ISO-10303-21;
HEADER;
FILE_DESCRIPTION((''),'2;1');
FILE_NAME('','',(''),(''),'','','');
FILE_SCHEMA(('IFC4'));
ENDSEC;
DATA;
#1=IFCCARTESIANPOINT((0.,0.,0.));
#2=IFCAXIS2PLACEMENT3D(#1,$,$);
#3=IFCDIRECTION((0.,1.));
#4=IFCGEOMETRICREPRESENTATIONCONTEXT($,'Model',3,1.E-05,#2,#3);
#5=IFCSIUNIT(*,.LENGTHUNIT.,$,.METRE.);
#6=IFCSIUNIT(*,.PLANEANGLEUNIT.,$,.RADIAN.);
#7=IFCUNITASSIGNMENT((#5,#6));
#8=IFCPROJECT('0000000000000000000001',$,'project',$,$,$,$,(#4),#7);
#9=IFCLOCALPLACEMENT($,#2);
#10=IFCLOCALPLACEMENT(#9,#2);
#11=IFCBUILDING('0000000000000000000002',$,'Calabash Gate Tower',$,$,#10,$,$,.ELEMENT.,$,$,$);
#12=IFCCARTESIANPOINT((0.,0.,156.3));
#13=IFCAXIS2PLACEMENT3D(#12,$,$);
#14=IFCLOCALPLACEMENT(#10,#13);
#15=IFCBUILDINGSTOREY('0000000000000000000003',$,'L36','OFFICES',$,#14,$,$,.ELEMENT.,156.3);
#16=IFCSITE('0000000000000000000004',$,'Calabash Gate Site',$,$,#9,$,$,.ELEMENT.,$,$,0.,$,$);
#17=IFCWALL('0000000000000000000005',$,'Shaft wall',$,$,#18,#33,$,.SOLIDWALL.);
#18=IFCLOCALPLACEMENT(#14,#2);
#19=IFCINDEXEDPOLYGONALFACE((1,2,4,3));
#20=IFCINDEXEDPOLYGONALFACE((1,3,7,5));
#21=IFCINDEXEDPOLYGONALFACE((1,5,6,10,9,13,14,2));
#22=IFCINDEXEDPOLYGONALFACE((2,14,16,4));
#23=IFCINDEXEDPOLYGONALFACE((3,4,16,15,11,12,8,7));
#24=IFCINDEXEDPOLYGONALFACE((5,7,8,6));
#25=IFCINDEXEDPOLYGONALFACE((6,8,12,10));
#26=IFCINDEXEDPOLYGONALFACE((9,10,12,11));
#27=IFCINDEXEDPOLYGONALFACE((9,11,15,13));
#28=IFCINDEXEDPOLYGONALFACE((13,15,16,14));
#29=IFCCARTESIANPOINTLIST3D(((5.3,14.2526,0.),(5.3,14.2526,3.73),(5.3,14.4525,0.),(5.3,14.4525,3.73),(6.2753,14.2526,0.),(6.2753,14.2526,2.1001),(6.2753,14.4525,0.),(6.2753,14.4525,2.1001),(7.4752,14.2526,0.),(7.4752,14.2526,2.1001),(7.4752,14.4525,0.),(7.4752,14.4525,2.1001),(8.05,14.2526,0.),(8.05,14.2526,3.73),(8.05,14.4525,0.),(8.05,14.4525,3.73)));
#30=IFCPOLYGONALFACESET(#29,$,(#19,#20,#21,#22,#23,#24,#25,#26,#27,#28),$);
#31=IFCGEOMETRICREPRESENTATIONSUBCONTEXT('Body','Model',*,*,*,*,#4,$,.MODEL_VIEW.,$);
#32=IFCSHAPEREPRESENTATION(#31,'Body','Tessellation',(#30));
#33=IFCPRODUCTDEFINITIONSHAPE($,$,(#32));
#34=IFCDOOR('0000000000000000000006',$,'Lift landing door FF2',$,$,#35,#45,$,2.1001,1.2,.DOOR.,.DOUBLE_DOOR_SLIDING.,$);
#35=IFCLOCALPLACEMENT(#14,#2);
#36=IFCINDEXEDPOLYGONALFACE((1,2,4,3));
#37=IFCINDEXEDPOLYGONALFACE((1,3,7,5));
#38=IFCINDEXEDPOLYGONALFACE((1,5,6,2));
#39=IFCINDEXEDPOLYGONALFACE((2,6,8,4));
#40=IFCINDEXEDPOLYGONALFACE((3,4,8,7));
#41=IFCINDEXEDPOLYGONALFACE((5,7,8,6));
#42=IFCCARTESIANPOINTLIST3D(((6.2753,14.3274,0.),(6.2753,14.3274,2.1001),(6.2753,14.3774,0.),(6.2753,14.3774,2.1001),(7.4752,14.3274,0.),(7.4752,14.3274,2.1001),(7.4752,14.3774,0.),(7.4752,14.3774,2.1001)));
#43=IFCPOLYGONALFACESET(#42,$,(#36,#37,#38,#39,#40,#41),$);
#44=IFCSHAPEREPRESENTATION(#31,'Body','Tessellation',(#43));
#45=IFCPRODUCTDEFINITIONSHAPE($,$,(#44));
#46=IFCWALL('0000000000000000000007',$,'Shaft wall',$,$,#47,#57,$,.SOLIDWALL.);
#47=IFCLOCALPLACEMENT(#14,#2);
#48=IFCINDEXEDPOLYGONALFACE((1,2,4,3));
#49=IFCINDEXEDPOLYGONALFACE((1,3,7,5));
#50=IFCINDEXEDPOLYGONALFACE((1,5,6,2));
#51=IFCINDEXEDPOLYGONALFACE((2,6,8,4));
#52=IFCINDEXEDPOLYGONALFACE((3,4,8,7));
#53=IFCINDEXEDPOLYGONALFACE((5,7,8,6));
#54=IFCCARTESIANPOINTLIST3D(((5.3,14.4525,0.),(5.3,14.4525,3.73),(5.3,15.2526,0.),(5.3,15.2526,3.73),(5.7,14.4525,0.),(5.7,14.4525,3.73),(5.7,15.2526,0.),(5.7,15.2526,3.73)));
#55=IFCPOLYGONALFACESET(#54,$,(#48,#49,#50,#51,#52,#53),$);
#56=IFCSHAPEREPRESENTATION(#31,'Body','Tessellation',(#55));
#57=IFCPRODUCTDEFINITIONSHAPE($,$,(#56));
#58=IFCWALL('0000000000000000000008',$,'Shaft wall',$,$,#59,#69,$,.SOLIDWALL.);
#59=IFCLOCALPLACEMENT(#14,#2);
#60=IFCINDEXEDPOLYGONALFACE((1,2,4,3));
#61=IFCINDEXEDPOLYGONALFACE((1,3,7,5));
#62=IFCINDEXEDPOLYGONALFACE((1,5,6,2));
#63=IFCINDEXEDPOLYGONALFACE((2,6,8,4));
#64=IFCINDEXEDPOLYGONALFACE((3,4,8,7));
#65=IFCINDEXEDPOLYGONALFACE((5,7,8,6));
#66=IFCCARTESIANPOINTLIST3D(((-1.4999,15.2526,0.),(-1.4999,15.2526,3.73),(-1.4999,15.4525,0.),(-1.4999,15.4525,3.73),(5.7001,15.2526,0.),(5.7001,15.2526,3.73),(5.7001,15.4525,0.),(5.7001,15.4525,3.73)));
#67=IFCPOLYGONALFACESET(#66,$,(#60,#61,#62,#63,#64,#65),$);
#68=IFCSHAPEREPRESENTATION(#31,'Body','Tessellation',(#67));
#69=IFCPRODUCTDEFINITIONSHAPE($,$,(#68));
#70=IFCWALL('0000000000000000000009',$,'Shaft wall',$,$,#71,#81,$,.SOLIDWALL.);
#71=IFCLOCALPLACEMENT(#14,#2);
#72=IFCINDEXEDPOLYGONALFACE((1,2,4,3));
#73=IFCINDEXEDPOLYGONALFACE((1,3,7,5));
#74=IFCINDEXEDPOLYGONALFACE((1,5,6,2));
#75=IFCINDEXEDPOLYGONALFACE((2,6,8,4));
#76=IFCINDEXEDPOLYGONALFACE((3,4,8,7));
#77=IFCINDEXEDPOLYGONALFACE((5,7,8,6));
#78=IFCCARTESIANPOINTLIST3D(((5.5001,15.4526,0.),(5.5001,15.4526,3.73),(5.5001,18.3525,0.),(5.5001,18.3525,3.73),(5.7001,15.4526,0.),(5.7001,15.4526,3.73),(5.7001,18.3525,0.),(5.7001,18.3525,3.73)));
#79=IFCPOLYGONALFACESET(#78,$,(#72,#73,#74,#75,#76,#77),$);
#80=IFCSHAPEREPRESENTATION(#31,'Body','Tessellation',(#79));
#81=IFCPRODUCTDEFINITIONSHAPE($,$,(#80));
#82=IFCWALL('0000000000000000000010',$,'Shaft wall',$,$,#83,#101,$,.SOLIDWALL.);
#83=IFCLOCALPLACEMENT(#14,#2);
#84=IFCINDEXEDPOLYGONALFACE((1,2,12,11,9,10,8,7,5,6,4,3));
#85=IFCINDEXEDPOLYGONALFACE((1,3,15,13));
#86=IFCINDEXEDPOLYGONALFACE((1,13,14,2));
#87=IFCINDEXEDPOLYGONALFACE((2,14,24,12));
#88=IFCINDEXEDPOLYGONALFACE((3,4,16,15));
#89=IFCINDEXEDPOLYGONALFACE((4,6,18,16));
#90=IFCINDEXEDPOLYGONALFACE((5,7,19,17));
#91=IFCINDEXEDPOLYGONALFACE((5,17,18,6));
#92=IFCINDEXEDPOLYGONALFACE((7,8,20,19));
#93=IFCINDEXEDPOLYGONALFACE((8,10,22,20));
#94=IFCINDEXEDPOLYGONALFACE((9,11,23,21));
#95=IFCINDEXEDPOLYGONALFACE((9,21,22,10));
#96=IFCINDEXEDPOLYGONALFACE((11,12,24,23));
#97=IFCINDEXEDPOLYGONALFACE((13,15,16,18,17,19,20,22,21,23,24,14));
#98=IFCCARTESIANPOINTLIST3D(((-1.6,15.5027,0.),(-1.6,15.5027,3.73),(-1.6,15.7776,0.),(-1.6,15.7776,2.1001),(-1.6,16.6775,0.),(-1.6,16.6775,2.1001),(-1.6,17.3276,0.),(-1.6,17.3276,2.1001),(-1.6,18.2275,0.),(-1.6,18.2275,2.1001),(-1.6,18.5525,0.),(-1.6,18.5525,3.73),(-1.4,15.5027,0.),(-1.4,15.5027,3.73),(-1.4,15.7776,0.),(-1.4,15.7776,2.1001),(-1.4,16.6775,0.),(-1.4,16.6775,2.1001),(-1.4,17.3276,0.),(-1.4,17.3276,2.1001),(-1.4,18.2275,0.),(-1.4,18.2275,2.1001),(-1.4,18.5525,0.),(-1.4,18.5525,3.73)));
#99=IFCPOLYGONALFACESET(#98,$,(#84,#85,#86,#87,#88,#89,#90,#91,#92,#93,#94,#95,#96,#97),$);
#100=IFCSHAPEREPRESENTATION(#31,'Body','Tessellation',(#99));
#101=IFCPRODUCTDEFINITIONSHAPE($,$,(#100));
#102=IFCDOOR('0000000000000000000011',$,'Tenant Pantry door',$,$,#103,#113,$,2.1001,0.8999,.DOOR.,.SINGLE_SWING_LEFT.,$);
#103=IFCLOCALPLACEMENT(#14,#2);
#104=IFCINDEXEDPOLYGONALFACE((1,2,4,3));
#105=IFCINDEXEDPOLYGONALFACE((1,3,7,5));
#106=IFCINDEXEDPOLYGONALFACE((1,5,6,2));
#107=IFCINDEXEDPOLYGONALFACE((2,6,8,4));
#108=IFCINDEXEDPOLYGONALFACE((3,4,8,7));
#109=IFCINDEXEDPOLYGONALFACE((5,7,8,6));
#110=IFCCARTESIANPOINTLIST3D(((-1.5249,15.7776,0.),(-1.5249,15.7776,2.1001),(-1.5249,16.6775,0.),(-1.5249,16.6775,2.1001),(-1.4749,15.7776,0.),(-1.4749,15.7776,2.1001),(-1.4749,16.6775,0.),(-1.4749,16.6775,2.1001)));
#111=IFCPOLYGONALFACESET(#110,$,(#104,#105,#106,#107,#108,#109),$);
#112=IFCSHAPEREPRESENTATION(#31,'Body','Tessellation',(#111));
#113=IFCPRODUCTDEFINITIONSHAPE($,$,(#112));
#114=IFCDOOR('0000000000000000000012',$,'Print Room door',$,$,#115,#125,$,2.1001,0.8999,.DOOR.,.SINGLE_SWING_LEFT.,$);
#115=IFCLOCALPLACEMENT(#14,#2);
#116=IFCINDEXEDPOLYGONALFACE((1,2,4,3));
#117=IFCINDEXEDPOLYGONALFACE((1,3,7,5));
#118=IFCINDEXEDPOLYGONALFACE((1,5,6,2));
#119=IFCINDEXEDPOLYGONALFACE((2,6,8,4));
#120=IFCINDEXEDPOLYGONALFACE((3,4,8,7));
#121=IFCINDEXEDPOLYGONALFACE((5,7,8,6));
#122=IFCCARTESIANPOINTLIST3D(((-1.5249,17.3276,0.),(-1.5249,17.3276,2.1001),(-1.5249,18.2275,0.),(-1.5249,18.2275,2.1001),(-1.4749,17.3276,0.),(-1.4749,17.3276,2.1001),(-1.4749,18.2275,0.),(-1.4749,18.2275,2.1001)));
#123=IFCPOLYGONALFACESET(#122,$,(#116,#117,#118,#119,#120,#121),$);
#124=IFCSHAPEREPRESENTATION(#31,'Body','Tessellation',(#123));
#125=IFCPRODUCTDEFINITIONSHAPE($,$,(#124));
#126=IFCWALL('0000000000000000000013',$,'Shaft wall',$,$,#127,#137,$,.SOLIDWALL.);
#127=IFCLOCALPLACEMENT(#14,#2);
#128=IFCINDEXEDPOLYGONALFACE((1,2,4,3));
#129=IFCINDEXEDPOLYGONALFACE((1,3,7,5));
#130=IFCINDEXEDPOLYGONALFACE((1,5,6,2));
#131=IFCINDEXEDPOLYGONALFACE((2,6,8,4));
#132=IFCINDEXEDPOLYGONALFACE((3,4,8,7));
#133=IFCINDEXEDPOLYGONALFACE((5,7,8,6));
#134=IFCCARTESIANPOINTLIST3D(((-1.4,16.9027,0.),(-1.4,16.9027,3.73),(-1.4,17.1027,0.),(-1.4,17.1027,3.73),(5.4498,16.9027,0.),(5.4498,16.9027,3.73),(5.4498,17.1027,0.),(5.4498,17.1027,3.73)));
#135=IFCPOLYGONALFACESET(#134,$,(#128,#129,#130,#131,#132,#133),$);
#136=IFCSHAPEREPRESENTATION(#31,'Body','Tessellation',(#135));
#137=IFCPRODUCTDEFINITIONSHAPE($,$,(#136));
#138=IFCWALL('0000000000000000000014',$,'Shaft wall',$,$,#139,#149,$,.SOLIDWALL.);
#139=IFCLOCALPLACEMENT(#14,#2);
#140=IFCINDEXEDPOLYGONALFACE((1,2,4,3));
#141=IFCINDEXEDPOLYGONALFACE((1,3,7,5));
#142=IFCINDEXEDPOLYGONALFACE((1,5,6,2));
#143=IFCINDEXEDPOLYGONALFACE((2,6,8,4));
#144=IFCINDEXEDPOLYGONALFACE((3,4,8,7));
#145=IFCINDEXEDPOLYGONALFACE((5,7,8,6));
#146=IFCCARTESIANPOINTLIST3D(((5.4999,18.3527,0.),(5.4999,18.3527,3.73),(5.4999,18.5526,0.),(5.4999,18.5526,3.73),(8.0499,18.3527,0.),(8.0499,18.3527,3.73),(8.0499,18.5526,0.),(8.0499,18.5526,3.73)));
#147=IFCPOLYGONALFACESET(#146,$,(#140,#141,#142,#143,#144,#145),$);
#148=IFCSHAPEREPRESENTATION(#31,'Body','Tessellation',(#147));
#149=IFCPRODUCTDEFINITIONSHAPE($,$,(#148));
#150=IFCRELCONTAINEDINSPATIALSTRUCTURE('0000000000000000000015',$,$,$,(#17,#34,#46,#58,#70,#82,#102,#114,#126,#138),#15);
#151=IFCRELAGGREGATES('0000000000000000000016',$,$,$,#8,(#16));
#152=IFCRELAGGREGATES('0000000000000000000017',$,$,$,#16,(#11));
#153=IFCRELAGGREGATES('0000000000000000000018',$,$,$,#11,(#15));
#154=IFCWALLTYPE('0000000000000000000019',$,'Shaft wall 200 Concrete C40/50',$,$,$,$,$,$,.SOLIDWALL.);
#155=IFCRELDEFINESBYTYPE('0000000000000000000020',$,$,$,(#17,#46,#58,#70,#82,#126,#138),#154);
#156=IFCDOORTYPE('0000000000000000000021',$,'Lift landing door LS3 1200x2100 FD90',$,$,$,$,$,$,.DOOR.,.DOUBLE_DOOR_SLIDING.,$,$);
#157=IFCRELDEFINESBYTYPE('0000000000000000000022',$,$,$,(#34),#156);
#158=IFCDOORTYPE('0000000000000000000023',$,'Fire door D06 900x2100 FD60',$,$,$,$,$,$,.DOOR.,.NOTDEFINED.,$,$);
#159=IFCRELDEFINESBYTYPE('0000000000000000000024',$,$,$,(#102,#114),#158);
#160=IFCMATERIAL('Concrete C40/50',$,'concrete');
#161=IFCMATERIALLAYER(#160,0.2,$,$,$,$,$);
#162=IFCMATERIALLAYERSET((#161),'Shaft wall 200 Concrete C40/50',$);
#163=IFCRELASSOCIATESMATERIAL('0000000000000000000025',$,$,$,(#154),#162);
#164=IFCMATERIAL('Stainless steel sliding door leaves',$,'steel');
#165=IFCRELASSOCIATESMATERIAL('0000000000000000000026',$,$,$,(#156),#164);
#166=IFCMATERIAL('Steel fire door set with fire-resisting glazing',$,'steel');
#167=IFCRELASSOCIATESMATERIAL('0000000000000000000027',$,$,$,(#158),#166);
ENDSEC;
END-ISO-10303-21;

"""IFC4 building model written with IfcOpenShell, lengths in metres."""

from ifc_helpers import new_model, si_unit, direction, frame, frame_2d, origin, place, context, subcontext, project, spatial, rectangle, extrude, material, layer, layer_set, type_object, element, fill, save


model = new_model("IFC4")

# Units and contexts
model_context = context("Model", 3, precision=1e-05, world=origin(), true_north=direction((0.0, 1.0)))
body_context = subcontext(model_context, "Body", "Model", "MODEL_VIEW")
ifc_project = project(units=[si_unit("LENGTHUNIT", "METRE"), si_unit("PLANEANGLEUNIT", "RADIAN")], contexts=[model_context])

# Site, building, storey
site_placement = place(None, origin())
site = spatial("IfcSite", under=ifc_project, at=site_placement, Name="Calabash Gate Site", CompositionType="ELEMENT", RefElevation=0.0)
building_placement = place(site_placement, origin())
building = spatial("IfcBuilding", under=site, at=building_placement, Name="Calabash Gate Tower", CompositionType="ELEMENT")
storey_placement = place(building_placement, frame((0.0, 0.0, 156.3)))
storey = spatial("IfcBuildingStorey", under=building, at=storey_placement, Name="L36", Description="OFFICES", CompositionType="ELEMENT", Elevation=156.3)

# Shared definitions
ifc_material_1 = material(Name="Concrete C40/50", Category="concrete")
ifc_layer_1 = layer(ifc_material_1, 0.2)
ifc_layer_set_1 = layer_set([ifc_layer_1], Name="Shaft wall 200 Concrete C40/50")
wall_type_1 = type_object("IfcWallType", Name="Shaft wall 200 Concrete C40/50", PredefinedType="SOLIDWALL", material=ifc_layer_set_1)

# Wall, opening, door
wall_1_placement = place(storey_placement, frame((5.3, 14.3525, 0.0), z_axis=(0.0, 0.0, 1.0), x_axis=(1.0, 0.0, 0.0)))
wall_1 = element("IfcWall", 1, at=wall_1_placement, inside=storey, type_object=wall_type_1, Name="Shaft wall", PredefinedType="SOLIDWALL", context=body_context, shape_type="SweptSolid", body=[
    extrude(rectangle(XDim=2.75, YDim=0.2, at=frame_2d((1.375, 0.0))), origin(), (0.0, 0.0, 1.0), 3.73),
])
opening_1_placement = place(wall_1_placement, frame((0.9751, 0.0, 0.0)))
opening_1 = element("IfcOpeningElement", 2, at=opening_1_placement, cuts=wall_1, PredefinedType="OPENING", context=body_context, shape_type="SweptSolid", body=[
    extrude(rectangle(XDim=1.2, YDim=2.1001, at=frame_2d((0.6001, 1.05))), frame((0.0, 0.1099, 0.0), z_axis=(0.0, -1.0, 0.0), x_axis=(1.0, 0.0, 0.0)), (0.0, 0.0, 1.0), 0.22),
])
ifc_material_2 = material(Name="Stainless steel sliding door leaves", Category="steel")
door_type_1 = type_object("IfcDoorType", Name="Lift landing door LS3 1200x2100 FD90", OperationType="DOUBLE_DOOR_SLIDING", PredefinedType="DOOR", material=ifc_material_2)
door_1_placement = place(opening_1_placement, origin())
door_1 = element("IfcDoor", 3, at=door_1_placement, inside=storey, type_object=door_type_1, Name="Lift landing door FF2", OperationType="DOUBLE_DOOR_SLIDING", OverallHeight=2.1001, OverallWidth=1.2, PredefinedType="DOOR", context=body_context, shape_type="SweptSolid", body=[
    extrude(rectangle(XDim=1.2, YDim=2.1001, at=frame_2d((0.6001, 1.05))), frame((0.0, 0.0249, 0.0), z_axis=(0.0, -1.0, 0.0), x_axis=(1.0, 0.0, 0.0)), (0.0, 0.0, 1.0), 0.05),
])
fill(opening_1, door_1)

# Walls
wall_2_placement = place(storey_placement, frame((5.5, 14.4526, 0.0), z_axis=(0.0, 0.0, 1.0), x_axis=(0.0, 1.0, 0.0)))
element("IfcWall", 4, at=wall_2_placement, inside=storey, type_object=wall_type_1, Name="Shaft wall", PredefinedType="SOLIDWALL", context=body_context, shape_type="SweptSolid", body=[
    extrude(rectangle(XDim=0.8, YDim=0.3999, at=frame_2d((0.3999, 0.0))), origin(), (0.0, 0.0, 1.0), 3.73),
])
wall_3_placement = place(storey_placement, frame((-1.5, 15.3525, 0.0), z_axis=(0.0, 0.0, 1.0), x_axis=(1.0, 0.0, 0.0)))
element("IfcWall", 5, at=wall_3_placement, inside=storey, type_object=wall_type_1, Name="Shaft wall", PredefinedType="SOLIDWALL", context=body_context, shape_type="SweptSolid", body=[
    extrude(rectangle(XDim=7.2, YDim=0.2, at=frame_2d((3.6001, 0.0))), origin(), (0.0, 0.0, 1.0), 3.73),
])
wall_4_placement = place(storey_placement, frame((5.6001, 15.4526, 0.0), z_axis=(0.0, 0.0, 1.0), x_axis=(0.0, 1.0, 0.0)))
element("IfcWall", 6, at=wall_4_placement, inside=storey, type_object=wall_type_1, Name="Shaft wall", PredefinedType="SOLIDWALL", context=body_context, shape_type="SweptSolid", body=[
    extrude(rectangle(XDim=2.8999, YDim=0.2, at=frame_2d((1.45, 0.0))), origin(), (0.0, 0.0, 1.0), 3.73),
])

# Wall, openings, doors
wall_5_placement = place(storey_placement, frame((-1.5, 15.5027, 0.0), z_axis=(0.0, 0.0, 1.0), x_axis=(0.0, 1.0, 0.0)))
wall_5 = element("IfcWall", 7, at=wall_5_placement, inside=storey, type_object=wall_type_1, Name="Shaft wall", PredefinedType="SOLIDWALL", context=body_context, shape_type="SweptSolid", body=[
    extrude(rectangle(XDim=3.0498, YDim=0.2, at=frame_2d((1.5249, 0.0))), origin(), (0.0, 0.0, 1.0), 3.73),
])
opening_2_placement = place(wall_5_placement, frame((0.2749, 0.0, 0.0)))
opening_2 = element("IfcOpeningElement", 8, at=opening_2_placement, cuts=wall_5, PredefinedType="OPENING", context=body_context, shape_type="SweptSolid", body=[
    extrude(rectangle(XDim=0.8999, YDim=2.1001, at=frame_2d((0.45, 1.05))), frame((0.0, 0.1099, 0.0), z_axis=(0.0, -1.0, 0.0), x_axis=(1.0, 0.0, 0.0)), (0.0, 0.0, 1.0), 0.22),
])
opening_3_placement = place(wall_5_placement, frame((1.825, 0.0, 0.0)))
opening_3 = element("IfcOpeningElement", 9, at=opening_3_placement, cuts=wall_5, PredefinedType="OPENING", context=body_context, shape_type="SweptSolid", body=[
    extrude(rectangle(XDim=0.8999, YDim=2.1001, at=frame_2d((0.45, 1.05))), frame((0.0, 0.1099, 0.0), z_axis=(0.0, -1.0, 0.0), x_axis=(1.0, 0.0, 0.0)), (0.0, 0.0, 1.0), 0.22),
])
ifc_material_3 = material(Name="Steel fire door set with fire-resisting glazing", Category="steel")
door_type_2 = type_object("IfcDoorType", Name="Fire door D06 900x2100 FD60", OperationType="NOTDEFINED", PredefinedType="DOOR", material=ifc_material_3)
door_2_placement = place(opening_2_placement, origin())
door_2 = element("IfcDoor", 10, at=door_2_placement, inside=storey, type_object=door_type_2, Name="Tenant Pantry door", OperationType="SINGLE_SWING_LEFT", OverallHeight=2.1001, OverallWidth=0.8999, PredefinedType="DOOR", context=body_context, shape_type="SweptSolid", body=[
    extrude(rectangle(XDim=0.8999, YDim=2.1001, at=frame_2d((0.45, 1.05))), frame((0.0, 0.0249, 0.0), z_axis=(0.0, -1.0, 0.0), x_axis=(1.0, 0.0, 0.0)), (0.0, 0.0, 1.0), 0.05),
])
fill(opening_2, door_2)
door_3_placement = place(opening_3_placement, origin())
door_3 = element("IfcDoor", 11, at=door_3_placement, inside=storey, type_object=door_type_2, Name="Print Room door", OperationType="SINGLE_SWING_LEFT", OverallHeight=2.1001, OverallWidth=0.8999, PredefinedType="DOOR", context=body_context, shape_type="SweptSolid", body=[
    extrude(rectangle(XDim=0.8999, YDim=2.1001, at=frame_2d((0.45, 1.05))), frame((0.0, 0.0249, 0.0), z_axis=(0.0, -1.0, 0.0), x_axis=(1.0, 0.0, 0.0)), (0.0, 0.0, 1.0), 0.05),
])
fill(opening_3, door_3)

# Walls
wall_6_placement = place(storey_placement, frame((-1.3999, 17.0027, 0.0), z_axis=(0.0, 0.0, 1.0), x_axis=(1.0, 0.0, 0.0)))
element("IfcWall", 12, at=wall_6_placement, inside=storey, type_object=wall_type_1, Name="Shaft wall", PredefinedType="SOLIDWALL", context=body_context, shape_type="SweptSolid", body=[
    extrude(rectangle(XDim=6.8499, YDim=0.2, at=frame_2d((3.4248, 0.0))), origin(), (0.0, 0.0, 1.0), 3.73),
])
wall_7_placement = place(storey_placement, frame((5.5, 18.4526, 0.0), z_axis=(0.0, 0.0, 1.0), x_axis=(1.0, 0.0, 0.0)))
element("IfcWall", 13, at=wall_7_placement, inside=storey, type_object=wall_type_1, Name="Shaft wall", PredefinedType="SOLIDWALL", context=body_context, shape_type="SweptSolid", body=[
    extrude(rectangle(XDim=2.55, YDim=0.2, at=frame_2d((1.2749, 0.0))), origin(), (0.0, 0.0, 1.0), 3.73),
])

save(model, "model.ifc")
